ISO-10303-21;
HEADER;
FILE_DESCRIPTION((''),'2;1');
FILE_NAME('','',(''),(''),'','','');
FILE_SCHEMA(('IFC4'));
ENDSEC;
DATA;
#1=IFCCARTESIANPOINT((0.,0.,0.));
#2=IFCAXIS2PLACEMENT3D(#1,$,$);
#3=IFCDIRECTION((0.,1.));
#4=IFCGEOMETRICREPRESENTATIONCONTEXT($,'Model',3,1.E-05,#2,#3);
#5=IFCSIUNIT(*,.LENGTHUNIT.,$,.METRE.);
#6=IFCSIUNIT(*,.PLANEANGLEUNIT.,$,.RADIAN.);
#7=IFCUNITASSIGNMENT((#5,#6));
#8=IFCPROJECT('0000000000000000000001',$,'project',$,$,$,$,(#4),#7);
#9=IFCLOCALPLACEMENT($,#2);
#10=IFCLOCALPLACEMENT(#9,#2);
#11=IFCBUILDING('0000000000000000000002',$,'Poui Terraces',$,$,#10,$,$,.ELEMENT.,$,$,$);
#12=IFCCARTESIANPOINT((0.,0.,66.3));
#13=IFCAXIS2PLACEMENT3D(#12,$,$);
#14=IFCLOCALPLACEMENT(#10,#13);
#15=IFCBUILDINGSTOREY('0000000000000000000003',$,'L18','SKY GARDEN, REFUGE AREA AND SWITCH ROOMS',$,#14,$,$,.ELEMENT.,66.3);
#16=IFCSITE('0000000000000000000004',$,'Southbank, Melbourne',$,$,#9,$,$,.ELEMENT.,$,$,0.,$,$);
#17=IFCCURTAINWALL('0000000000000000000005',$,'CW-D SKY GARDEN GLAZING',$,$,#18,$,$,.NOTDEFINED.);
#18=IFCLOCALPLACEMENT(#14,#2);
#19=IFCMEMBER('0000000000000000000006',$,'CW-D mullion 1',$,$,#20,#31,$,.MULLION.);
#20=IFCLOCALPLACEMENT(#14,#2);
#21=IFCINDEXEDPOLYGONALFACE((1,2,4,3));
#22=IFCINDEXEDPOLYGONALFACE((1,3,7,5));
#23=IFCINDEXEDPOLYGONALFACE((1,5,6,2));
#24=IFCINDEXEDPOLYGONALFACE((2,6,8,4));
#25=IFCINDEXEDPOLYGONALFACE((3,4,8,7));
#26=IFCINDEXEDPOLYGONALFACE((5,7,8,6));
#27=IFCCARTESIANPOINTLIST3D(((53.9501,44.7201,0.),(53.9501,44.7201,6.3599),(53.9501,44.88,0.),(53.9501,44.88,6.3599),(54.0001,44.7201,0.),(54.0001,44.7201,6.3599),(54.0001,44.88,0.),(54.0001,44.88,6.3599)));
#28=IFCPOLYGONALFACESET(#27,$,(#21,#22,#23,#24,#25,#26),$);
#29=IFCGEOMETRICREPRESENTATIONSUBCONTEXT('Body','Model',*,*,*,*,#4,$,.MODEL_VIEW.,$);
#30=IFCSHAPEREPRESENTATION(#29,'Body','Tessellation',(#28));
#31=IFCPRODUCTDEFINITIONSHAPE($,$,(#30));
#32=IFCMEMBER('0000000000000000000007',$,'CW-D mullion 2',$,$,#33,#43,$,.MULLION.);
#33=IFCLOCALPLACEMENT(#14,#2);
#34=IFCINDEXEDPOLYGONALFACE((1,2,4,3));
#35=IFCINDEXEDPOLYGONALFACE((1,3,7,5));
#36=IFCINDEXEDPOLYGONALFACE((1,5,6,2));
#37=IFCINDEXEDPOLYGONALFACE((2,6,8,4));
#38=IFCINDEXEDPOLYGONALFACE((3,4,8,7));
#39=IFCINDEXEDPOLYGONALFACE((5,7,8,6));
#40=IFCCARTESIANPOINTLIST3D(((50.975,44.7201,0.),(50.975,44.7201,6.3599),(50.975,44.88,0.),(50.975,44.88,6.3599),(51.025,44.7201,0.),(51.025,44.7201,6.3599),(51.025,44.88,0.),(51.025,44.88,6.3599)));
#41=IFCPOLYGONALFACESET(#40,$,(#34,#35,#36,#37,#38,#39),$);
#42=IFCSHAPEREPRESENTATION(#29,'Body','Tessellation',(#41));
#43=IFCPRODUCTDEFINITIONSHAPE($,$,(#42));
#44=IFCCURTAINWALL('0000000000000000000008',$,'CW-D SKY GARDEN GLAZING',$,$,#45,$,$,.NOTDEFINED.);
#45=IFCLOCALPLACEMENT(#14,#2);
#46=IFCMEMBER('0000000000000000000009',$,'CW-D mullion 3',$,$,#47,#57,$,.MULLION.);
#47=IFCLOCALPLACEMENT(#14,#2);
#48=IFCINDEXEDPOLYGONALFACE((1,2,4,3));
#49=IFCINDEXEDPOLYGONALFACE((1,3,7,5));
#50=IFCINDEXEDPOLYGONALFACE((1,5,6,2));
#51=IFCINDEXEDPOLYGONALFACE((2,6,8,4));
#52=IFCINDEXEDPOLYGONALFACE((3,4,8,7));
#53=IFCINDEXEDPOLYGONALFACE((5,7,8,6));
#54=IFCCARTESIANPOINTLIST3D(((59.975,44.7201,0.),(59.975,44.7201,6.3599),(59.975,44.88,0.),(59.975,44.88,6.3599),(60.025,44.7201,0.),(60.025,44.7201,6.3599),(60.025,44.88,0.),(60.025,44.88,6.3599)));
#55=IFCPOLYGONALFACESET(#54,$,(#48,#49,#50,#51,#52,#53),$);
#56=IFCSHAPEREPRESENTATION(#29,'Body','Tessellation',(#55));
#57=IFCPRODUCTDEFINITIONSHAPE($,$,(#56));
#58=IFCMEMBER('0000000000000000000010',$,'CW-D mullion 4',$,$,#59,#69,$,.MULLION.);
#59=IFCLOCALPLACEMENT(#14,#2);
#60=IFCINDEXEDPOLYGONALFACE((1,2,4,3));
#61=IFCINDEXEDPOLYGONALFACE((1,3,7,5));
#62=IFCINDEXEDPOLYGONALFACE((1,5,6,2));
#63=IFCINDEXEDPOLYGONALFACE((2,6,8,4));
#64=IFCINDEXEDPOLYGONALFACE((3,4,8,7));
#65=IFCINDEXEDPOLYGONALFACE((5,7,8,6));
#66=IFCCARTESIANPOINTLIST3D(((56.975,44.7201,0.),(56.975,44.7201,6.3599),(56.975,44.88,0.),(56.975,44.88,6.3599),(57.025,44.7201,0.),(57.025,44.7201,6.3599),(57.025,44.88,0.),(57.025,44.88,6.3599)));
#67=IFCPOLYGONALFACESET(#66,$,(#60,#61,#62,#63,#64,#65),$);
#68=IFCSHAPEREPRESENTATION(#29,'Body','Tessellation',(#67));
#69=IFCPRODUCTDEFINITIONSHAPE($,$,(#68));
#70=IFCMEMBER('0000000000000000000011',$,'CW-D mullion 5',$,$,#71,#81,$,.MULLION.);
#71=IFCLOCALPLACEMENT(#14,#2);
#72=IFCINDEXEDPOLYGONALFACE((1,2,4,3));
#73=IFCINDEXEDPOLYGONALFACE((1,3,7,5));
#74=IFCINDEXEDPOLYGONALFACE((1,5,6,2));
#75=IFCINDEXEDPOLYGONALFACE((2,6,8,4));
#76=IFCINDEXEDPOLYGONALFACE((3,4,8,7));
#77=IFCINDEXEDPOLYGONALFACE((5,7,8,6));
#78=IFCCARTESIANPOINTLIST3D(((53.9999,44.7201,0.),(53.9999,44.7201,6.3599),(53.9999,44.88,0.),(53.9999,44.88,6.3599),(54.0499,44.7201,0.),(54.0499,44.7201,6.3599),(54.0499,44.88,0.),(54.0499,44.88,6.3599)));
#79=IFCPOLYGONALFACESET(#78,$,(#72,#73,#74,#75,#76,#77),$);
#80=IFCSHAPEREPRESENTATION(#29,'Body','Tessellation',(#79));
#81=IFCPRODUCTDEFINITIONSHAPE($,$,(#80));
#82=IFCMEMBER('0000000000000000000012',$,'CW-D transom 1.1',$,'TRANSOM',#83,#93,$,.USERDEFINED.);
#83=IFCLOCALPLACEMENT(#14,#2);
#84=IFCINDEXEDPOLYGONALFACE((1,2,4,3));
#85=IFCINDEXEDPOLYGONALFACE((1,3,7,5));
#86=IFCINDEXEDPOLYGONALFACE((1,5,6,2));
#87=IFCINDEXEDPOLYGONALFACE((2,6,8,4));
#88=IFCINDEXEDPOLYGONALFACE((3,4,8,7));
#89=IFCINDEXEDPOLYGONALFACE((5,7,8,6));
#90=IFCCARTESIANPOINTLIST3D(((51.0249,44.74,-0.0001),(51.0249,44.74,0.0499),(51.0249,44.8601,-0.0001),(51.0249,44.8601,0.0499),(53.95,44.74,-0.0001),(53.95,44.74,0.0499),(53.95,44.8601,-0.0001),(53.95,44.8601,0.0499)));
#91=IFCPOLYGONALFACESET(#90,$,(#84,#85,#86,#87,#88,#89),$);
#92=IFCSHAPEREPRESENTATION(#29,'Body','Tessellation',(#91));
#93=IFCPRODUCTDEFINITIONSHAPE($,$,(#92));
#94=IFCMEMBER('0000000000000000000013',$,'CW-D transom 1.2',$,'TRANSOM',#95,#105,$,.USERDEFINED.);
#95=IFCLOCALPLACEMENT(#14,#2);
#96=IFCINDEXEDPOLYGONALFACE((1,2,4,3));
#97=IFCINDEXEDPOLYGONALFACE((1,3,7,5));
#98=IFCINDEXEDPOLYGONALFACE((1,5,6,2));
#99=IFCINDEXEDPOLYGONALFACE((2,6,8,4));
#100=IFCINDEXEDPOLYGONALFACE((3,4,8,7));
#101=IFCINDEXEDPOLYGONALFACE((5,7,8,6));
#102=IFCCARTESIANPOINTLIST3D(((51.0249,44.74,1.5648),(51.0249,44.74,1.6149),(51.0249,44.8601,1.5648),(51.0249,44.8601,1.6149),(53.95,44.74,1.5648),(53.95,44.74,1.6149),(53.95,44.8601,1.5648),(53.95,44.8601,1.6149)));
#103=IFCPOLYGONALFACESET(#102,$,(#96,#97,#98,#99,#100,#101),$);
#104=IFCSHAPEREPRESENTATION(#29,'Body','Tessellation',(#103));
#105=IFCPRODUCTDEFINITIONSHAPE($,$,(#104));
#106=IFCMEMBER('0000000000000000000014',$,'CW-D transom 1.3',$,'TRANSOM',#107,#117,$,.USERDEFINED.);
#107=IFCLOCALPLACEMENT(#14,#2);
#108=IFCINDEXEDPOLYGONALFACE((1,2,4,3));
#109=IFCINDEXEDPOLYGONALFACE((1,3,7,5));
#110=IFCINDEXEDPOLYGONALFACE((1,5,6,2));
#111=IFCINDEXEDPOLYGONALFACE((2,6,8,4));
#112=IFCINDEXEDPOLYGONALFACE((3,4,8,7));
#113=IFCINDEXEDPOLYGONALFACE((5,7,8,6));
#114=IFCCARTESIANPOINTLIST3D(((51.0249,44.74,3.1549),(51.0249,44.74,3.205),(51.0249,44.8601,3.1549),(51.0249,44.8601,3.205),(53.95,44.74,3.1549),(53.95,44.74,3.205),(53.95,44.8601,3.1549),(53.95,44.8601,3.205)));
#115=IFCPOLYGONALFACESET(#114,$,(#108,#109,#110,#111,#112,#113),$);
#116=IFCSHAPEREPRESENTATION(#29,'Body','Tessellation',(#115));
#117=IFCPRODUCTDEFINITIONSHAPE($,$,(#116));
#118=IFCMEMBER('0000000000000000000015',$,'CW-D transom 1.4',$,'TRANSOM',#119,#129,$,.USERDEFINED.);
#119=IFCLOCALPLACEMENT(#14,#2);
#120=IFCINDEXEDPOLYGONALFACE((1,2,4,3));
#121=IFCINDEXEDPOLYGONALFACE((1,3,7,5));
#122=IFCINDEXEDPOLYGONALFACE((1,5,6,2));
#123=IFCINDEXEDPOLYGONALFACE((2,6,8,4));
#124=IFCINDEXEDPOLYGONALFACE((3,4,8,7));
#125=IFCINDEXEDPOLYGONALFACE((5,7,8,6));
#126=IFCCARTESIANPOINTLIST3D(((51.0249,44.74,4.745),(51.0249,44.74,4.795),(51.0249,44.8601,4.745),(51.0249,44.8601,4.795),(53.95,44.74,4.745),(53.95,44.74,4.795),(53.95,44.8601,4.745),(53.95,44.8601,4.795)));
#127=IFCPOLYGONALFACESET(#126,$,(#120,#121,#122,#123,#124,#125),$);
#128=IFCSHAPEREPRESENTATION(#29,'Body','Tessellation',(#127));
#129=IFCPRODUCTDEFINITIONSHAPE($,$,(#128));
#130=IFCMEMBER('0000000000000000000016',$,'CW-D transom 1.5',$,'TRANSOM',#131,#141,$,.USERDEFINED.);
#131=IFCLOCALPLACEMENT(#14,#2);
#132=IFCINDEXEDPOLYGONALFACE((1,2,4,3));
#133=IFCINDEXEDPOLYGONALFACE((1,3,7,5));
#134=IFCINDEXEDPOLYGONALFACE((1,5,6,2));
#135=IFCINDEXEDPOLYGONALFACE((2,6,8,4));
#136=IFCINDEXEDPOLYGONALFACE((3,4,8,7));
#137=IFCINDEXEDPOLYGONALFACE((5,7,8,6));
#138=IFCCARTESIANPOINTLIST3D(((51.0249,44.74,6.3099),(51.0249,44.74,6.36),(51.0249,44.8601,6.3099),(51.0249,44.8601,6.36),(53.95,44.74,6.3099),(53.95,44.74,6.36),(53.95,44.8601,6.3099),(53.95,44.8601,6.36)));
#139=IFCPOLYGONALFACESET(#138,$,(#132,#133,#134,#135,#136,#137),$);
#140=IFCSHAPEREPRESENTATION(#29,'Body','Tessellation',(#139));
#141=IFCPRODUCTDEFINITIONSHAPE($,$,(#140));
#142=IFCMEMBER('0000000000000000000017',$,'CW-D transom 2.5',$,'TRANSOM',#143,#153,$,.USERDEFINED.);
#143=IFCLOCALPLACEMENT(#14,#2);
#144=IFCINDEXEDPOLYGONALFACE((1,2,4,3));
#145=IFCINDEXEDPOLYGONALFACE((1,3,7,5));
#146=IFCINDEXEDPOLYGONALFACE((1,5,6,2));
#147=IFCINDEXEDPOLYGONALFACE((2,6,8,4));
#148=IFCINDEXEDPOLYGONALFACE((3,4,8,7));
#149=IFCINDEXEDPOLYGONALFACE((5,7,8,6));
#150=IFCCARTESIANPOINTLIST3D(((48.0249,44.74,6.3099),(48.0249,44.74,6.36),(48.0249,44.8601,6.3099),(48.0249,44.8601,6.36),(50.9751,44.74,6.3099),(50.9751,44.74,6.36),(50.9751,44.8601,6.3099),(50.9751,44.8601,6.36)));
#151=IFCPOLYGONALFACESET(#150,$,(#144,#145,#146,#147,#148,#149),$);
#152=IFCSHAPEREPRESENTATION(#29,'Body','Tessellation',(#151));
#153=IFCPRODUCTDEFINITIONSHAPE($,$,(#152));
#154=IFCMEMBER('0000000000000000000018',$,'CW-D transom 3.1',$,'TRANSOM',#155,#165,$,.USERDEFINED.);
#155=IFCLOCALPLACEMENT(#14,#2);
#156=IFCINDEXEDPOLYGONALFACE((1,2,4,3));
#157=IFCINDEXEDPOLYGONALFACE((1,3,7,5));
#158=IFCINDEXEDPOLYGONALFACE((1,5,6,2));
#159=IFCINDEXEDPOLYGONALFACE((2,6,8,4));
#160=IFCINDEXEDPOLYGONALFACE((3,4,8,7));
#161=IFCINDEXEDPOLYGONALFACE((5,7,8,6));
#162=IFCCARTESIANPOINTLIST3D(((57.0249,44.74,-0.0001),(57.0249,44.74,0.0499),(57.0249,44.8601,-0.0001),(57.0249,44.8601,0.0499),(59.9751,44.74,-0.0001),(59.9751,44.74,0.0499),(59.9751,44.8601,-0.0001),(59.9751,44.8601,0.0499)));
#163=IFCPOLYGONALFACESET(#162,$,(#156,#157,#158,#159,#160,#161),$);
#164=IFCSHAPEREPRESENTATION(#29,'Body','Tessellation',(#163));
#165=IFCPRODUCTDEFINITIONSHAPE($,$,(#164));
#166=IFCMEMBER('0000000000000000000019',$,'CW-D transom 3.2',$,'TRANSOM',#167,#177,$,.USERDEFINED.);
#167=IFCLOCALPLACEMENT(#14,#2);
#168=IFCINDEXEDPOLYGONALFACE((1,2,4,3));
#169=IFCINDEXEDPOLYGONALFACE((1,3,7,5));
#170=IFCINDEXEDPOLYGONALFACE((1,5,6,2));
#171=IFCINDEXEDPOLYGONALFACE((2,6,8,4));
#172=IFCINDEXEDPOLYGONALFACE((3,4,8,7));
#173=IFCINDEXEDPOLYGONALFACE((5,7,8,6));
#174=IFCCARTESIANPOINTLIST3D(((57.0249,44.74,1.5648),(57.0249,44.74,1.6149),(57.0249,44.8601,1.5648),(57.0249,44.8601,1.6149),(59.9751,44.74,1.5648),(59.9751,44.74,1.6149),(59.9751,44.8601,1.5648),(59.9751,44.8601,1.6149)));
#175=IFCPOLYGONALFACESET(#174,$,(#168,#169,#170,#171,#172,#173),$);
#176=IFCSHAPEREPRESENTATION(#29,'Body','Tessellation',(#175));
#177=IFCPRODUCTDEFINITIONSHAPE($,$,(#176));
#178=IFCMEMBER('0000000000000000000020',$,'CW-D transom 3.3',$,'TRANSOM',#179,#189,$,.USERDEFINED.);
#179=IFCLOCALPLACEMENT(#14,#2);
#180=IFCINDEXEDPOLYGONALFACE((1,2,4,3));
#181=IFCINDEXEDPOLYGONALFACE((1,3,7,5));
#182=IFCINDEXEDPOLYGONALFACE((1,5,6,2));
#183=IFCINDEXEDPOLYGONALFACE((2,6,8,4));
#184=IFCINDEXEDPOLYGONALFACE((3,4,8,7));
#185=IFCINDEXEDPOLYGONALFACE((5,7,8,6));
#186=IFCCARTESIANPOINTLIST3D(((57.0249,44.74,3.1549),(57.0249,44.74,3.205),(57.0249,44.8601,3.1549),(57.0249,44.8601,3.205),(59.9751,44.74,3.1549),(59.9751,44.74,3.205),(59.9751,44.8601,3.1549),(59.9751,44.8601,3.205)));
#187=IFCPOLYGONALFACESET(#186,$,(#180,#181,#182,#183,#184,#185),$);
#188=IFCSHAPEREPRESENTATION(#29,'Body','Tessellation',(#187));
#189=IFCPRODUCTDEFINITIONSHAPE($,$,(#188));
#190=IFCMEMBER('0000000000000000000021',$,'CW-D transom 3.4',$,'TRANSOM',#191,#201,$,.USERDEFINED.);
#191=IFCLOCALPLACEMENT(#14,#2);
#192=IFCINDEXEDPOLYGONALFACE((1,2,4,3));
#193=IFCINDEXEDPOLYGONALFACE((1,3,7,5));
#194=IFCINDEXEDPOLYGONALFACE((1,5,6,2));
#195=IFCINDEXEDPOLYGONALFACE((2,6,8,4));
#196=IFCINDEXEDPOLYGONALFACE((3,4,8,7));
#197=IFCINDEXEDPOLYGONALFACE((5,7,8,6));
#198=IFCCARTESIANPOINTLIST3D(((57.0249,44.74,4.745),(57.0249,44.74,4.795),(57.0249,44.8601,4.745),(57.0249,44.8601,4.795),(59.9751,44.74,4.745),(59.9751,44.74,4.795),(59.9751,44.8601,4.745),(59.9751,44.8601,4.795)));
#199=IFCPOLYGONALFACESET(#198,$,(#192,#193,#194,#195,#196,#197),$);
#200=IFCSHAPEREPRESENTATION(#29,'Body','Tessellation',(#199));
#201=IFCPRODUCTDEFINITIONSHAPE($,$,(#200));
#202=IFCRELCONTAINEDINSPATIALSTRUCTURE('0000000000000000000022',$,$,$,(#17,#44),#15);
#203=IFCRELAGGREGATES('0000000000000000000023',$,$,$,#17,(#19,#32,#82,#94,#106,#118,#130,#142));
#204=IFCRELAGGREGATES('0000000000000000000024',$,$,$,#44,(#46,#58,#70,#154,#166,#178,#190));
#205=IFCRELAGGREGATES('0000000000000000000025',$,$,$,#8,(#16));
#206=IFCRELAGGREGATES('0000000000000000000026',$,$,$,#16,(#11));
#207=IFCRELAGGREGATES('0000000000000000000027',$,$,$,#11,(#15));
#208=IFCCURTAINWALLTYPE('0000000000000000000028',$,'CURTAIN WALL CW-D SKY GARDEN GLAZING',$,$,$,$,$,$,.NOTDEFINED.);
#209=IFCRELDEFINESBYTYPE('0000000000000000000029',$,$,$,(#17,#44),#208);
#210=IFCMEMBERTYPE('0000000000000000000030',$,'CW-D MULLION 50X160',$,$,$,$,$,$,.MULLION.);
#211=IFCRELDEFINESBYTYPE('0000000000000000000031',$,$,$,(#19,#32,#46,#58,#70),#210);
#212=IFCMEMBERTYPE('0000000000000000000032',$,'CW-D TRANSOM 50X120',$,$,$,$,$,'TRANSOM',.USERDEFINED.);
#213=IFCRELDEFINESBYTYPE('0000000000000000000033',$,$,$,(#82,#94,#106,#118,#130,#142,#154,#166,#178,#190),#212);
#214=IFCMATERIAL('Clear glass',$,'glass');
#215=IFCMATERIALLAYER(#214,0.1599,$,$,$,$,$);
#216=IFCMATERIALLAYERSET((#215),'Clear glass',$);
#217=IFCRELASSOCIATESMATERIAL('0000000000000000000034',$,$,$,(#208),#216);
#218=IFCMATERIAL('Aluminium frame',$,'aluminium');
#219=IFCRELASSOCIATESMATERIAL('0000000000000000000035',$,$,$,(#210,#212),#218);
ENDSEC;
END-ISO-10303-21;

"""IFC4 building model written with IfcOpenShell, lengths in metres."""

from ifc_helpers import new_model, si_unit, direction, frame, origin, origin_2d, place, context, subcontext, project, spatial, rectangle, extrude, material, layer, layer_set, material_profile, profile_set, type_object, element, aggregate, save


model = new_model("IFC4")

# Units and contexts
model_context = context("Model", 3, precision=1e-05, world=origin(), true_north=direction((0.0, 1.0)))
body_context = subcontext(model_context, "Body", "Model", "MODEL_VIEW")
ifc_project = project(units=[si_unit("LENGTHUNIT", "METRE"), si_unit("PLANEANGLEUNIT", "RADIAN")], contexts=[model_context])

# Site, building, storey
site_placement = place(None, origin())
site = spatial("IfcSite", under=ifc_project, at=site_placement, Name="Southbank, Melbourne", CompositionType="ELEMENT", RefElevation=0.0)
building_placement = place(site_placement, origin())
building = spatial("IfcBuilding", under=site, at=building_placement, Name="Poui Terraces", CompositionType="ELEMENT")
storey_placement = place(building_placement, frame((0.0, 0.0, 66.3)))
storey = spatial("IfcBuildingStorey", under=building, at=storey_placement, Name="L18", Description="SKY GARDEN, REFUGE AREA AND SWITCH ROOMS", CompositionType="ELEMENT", Elevation=66.3)

# Curtain walls, members
ifc_material_1 = material(Name="Clear glass", Category="glass")
ifc_layer_1 = layer(ifc_material_1, 0.1599)
ifc_layer_set_1 = layer_set([ifc_layer_1], Name="Clear glass")
curtain_wall_type = type_object("IfcCurtainWallType", Name="CURTAIN WALL CW-D SKY GARDEN GLAZING", PredefinedType="NOTDEFINED", material=ifc_layer_set_1)
curtain_wall_1_placement = place(storey_placement, origin())
curtain_wall_1 = element("IfcCurtainWall", 1, at=curtain_wall_1_placement, inside=storey, type_object=curtain_wall_type, Name="CW-D SKY GARDEN GLAZING", PredefinedType="NOTDEFINED")
ifc_material_2 = material(Name="Aluminium frame", Category="aluminium")
ifc_material_profile_1 = material_profile(ifc_material_2, rectangle(XDim=0.1599, YDim=0.05, at=origin_2d()), Name="CW-D MULLION 50X160")
ifc_profile_set_1 = profile_set([ifc_material_profile_1], Name="Aluminium frame")
member_type_1 = type_object("IfcMemberType", Name="CW-D MULLION 50X160", PredefinedType="MULLION", material=ifc_profile_set_1)
member_1_placement = place(storey_placement, frame((53.9751, 44.8, 0.0), z_axis=(0.0, 0.0, 1.0), x_axis=(0.0, -1.0, 0.0)))
member_1 = element("IfcMember", 2, at=member_1_placement, type_object=member_type_1, Name="CW-D mullion 1", PredefinedType="MULLION", context=body_context, shape_type="SweptSolid", body=[
    extrude(rectangle(XDim=0.1599, YDim=0.05, at=origin_2d()), origin(), (0.0, 0.0, 1.0), 6.3599),
])
member_2_placement = place(storey_placement, frame((51.0, 44.8, 0.0), z_axis=(0.0, 0.0, 1.0), x_axis=(0.0, -1.0, 0.0)))
member_2 = element("IfcMember", 3, at=member_2_placement, type_object=member_type_1, Name="CW-D mullion 2", PredefinedType="MULLION", context=body_context, shape_type="SweptSolid", body=[
    extrude(rectangle(XDim=0.1599, YDim=0.05, at=origin_2d()), origin(), (0.0, 0.0, 1.0), 6.3599),
])
curtain_wall_2_placement = place(storey_placement, origin())
curtain_wall_2 = element("IfcCurtainWall", 4, at=curtain_wall_2_placement, inside=storey, type_object=curtain_wall_type, Name="CW-D SKY GARDEN GLAZING", PredefinedType="NOTDEFINED")
member_3_placement = place(storey_placement, frame((60.0, 44.8, 0.0), z_axis=(0.0, 0.0, 1.0), x_axis=(0.0, -1.0, 0.0)))
member_3 = element("IfcMember", 5, at=member_3_placement, type_object=member_type_1, Name="CW-D mullion 3", PredefinedType="MULLION", context=body_context, shape_type="SweptSolid", body=[
    extrude(rectangle(XDim=0.1599, YDim=0.05, at=origin_2d()), origin(), (0.0, 0.0, 1.0), 6.3599),
])
member_4_placement = place(storey_placement, frame((57.0, 44.8, 0.0), z_axis=(0.0, 0.0, 1.0), x_axis=(0.0, -1.0, 0.0)))
member_4 = element("IfcMember", 6, at=member_4_placement, type_object=member_type_1, Name="CW-D mullion 4", PredefinedType="MULLION", context=body_context, shape_type="SweptSolid", body=[
    extrude(rectangle(XDim=0.1599, YDim=0.05, at=origin_2d()), origin(), (0.0, 0.0, 1.0), 6.3599),
])
member_5_placement = place(storey_placement, frame((54.0249, 44.8, 0.0), z_axis=(0.0, 0.0, 1.0), x_axis=(0.0, -1.0, 0.0)))
member_5 = element("IfcMember", 7, at=member_5_placement, type_object=member_type_1, Name="CW-D mullion 5", PredefinedType="MULLION", context=body_context, shape_type="SweptSolid", body=[
    extrude(rectangle(XDim=0.1599, YDim=0.05, at=origin_2d()), origin(), (0.0, 0.0, 1.0), 6.3599),
])

# Members
ifc_material_profile_2 = material_profile(ifc_material_2, rectangle(XDim=0.1201, YDim=0.05, at=origin_2d()), Name="CW-D TRANSOM 50X120")
ifc_profile_set_2 = profile_set([ifc_material_profile_2], Name="Aluminium frame")
member_type_2 = type_object("IfcMemberType", Name="CW-D TRANSOM 50X120", ElementType="TRANSOM", PredefinedType="USERDEFINED", material=ifc_profile_set_2)
member_6_placement = place(storey_placement, frame((53.95, 44.8, 0.0249), z_axis=(-1.0, 0.0, 0.0), x_axis=(0.0, -1.0, 0.0)))
member_6 = element("IfcMember", 8, at=member_6_placement, type_object=member_type_2, Name="CW-D transom 1.1", ObjectType="TRANSOM", PredefinedType="USERDEFINED", context=body_context, shape_type="SweptSolid", body=[
    extrude(rectangle(XDim=0.1201, YDim=0.05, at=origin_2d()), origin(), (0.0, 0.0, 1.0), 2.925),
])
member_7_placement = place(storey_placement, frame((53.95, 44.8, 1.5898), z_axis=(-1.0, 0.0, 0.0), x_axis=(0.0, -1.0, 0.0)))
member_7 = element("IfcMember", 9, at=member_7_placement, type_object=member_type_2, Name="CW-D transom 1.2", ObjectType="TRANSOM", PredefinedType="USERDEFINED", context=body_context, shape_type="SweptSolid", body=[
    extrude(rectangle(XDim=0.1201, YDim=0.05, at=origin_2d()), origin(), (0.0, 0.0, 1.0), 2.925),
])
member_8_placement = place(storey_placement, frame((53.95, 44.8, 3.1799), z_axis=(-1.0, 0.0, 0.0), x_axis=(0.0, -1.0, 0.0)))
member_8 = element("IfcMember", 10, at=member_8_placement, type_object=member_type_2, Name="CW-D transom 1.3", ObjectType="TRANSOM", PredefinedType="USERDEFINED", context=body_context, shape_type="SweptSolid", body=[
    extrude(rectangle(XDim=0.1201, YDim=0.05, at=origin_2d()), origin(), (0.0, 0.0, 1.0), 2.925),
])
member_9_placement = place(storey_placement, frame((53.95, 44.8, 4.77), z_axis=(-1.0, 0.0, 0.0), x_axis=(0.0, -1.0, 0.0)))
member_9 = element("IfcMember", 11, at=member_9_placement, type_object=member_type_2, Name="CW-D transom 1.4", ObjectType="TRANSOM", PredefinedType="USERDEFINED", context=body_context, shape_type="SweptSolid", body=[
    extrude(rectangle(XDim=0.1201, YDim=0.05, at=origin_2d()), origin(), (0.0, 0.0, 1.0), 2.925),
])
member_10_placement = place(storey_placement, frame((53.95, 44.8, 6.335), z_axis=(-1.0, 0.0, 0.0), x_axis=(0.0, -1.0, 0.0)))
member_10 = element("IfcMember", 12, at=member_10_placement, type_object=member_type_2, Name="CW-D transom 1.5", ObjectType="TRANSOM", PredefinedType="USERDEFINED", context=body_context, shape_type="SweptSolid", body=[
    extrude(rectangle(XDim=0.1201, YDim=0.05, at=origin_2d()), origin(), (0.0, 0.0, 1.0), 2.925),
])
member_11_placement = place(storey_placement, frame((50.9751, 44.8, 6.335), z_axis=(-1.0, 0.0, 0.0), x_axis=(0.0, -1.0, 0.0)))
member_11 = element("IfcMember", 13, at=member_11_placement, type_object=member_type_2, Name="CW-D transom 2.5", ObjectType="TRANSOM", PredefinedType="USERDEFINED", context=body_context, shape_type="SweptSolid", body=[
    extrude(rectangle(XDim=0.1201, YDim=0.05, at=origin_2d()), origin(), (0.0, 0.0, 1.0), 2.9502),
])
member_12_placement = place(storey_placement, frame((59.9751, 44.8, 0.0249), z_axis=(-1.0, 0.0, 0.0), x_axis=(0.0, -1.0, 0.0)))
member_12 = element("IfcMember", 14, at=member_12_placement, type_object=member_type_2, Name="CW-D transom 3.1", ObjectType="TRANSOM", PredefinedType="USERDEFINED", context=body_context, shape_type="SweptSolid", body=[
    extrude(rectangle(XDim=0.1201, YDim=0.05, at=origin_2d()), origin(), (0.0, 0.0, 1.0), 2.9502),
])
member_13_placement = place(storey_placement, frame((59.9751, 44.8, 1.5898), z_axis=(-1.0, 0.0, 0.0), x_axis=(0.0, -1.0, 0.0)))
member_13 = element("IfcMember", 15, at=member_13_placement, type_object=member_type_2, Name="CW-D transom 3.2", ObjectType="TRANSOM", PredefinedType="USERDEFINED", context=body_context, shape_type="SweptSolid", body=[
    extrude(rectangle(XDim=0.1201, YDim=0.05, at=origin_2d()), origin(), (0.0, 0.0, 1.0), 2.9502),
])
member_14_placement = place(storey_placement, frame((59.9751, 44.8, 3.1799), z_axis=(-1.0, 0.0, 0.0), x_axis=(0.0, -1.0, 0.0)))
member_14 = element("IfcMember", 16, at=member_14_placement, type_object=member_type_2, Name="CW-D transom 3.3", ObjectType="TRANSOM", PredefinedType="USERDEFINED", context=body_context, shape_type="SweptSolid", body=[
    extrude(rectangle(XDim=0.1201, YDim=0.05, at=origin_2d()), origin(), (0.0, 0.0, 1.0), 2.9502),
])
member_15_placement = place(storey_placement, frame((59.9751, 44.8, 4.77), z_axis=(-1.0, 0.0, 0.0), x_axis=(0.0, -1.0, 0.0)))
member_15 = element("IfcMember", 17, at=member_15_placement, type_object=member_type_2, Name="CW-D transom 3.4", ObjectType="TRANSOM", PredefinedType="USERDEFINED", context=body_context, shape_type="SweptSolid", body=[
    extrude(rectangle(XDim=0.1201, YDim=0.05, at=origin_2d()), origin(), (0.0, 0.0, 1.0), 2.9502),
])

aggregate(curtain_wall_1, [member_1, member_2, member_6, member_7, member_8, member_9, member_10, member_11])
aggregate(curtain_wall_2, [member_3, member_4, member_5, member_12, member_13, member_14, member_15])

save(model, "model.ifc")
